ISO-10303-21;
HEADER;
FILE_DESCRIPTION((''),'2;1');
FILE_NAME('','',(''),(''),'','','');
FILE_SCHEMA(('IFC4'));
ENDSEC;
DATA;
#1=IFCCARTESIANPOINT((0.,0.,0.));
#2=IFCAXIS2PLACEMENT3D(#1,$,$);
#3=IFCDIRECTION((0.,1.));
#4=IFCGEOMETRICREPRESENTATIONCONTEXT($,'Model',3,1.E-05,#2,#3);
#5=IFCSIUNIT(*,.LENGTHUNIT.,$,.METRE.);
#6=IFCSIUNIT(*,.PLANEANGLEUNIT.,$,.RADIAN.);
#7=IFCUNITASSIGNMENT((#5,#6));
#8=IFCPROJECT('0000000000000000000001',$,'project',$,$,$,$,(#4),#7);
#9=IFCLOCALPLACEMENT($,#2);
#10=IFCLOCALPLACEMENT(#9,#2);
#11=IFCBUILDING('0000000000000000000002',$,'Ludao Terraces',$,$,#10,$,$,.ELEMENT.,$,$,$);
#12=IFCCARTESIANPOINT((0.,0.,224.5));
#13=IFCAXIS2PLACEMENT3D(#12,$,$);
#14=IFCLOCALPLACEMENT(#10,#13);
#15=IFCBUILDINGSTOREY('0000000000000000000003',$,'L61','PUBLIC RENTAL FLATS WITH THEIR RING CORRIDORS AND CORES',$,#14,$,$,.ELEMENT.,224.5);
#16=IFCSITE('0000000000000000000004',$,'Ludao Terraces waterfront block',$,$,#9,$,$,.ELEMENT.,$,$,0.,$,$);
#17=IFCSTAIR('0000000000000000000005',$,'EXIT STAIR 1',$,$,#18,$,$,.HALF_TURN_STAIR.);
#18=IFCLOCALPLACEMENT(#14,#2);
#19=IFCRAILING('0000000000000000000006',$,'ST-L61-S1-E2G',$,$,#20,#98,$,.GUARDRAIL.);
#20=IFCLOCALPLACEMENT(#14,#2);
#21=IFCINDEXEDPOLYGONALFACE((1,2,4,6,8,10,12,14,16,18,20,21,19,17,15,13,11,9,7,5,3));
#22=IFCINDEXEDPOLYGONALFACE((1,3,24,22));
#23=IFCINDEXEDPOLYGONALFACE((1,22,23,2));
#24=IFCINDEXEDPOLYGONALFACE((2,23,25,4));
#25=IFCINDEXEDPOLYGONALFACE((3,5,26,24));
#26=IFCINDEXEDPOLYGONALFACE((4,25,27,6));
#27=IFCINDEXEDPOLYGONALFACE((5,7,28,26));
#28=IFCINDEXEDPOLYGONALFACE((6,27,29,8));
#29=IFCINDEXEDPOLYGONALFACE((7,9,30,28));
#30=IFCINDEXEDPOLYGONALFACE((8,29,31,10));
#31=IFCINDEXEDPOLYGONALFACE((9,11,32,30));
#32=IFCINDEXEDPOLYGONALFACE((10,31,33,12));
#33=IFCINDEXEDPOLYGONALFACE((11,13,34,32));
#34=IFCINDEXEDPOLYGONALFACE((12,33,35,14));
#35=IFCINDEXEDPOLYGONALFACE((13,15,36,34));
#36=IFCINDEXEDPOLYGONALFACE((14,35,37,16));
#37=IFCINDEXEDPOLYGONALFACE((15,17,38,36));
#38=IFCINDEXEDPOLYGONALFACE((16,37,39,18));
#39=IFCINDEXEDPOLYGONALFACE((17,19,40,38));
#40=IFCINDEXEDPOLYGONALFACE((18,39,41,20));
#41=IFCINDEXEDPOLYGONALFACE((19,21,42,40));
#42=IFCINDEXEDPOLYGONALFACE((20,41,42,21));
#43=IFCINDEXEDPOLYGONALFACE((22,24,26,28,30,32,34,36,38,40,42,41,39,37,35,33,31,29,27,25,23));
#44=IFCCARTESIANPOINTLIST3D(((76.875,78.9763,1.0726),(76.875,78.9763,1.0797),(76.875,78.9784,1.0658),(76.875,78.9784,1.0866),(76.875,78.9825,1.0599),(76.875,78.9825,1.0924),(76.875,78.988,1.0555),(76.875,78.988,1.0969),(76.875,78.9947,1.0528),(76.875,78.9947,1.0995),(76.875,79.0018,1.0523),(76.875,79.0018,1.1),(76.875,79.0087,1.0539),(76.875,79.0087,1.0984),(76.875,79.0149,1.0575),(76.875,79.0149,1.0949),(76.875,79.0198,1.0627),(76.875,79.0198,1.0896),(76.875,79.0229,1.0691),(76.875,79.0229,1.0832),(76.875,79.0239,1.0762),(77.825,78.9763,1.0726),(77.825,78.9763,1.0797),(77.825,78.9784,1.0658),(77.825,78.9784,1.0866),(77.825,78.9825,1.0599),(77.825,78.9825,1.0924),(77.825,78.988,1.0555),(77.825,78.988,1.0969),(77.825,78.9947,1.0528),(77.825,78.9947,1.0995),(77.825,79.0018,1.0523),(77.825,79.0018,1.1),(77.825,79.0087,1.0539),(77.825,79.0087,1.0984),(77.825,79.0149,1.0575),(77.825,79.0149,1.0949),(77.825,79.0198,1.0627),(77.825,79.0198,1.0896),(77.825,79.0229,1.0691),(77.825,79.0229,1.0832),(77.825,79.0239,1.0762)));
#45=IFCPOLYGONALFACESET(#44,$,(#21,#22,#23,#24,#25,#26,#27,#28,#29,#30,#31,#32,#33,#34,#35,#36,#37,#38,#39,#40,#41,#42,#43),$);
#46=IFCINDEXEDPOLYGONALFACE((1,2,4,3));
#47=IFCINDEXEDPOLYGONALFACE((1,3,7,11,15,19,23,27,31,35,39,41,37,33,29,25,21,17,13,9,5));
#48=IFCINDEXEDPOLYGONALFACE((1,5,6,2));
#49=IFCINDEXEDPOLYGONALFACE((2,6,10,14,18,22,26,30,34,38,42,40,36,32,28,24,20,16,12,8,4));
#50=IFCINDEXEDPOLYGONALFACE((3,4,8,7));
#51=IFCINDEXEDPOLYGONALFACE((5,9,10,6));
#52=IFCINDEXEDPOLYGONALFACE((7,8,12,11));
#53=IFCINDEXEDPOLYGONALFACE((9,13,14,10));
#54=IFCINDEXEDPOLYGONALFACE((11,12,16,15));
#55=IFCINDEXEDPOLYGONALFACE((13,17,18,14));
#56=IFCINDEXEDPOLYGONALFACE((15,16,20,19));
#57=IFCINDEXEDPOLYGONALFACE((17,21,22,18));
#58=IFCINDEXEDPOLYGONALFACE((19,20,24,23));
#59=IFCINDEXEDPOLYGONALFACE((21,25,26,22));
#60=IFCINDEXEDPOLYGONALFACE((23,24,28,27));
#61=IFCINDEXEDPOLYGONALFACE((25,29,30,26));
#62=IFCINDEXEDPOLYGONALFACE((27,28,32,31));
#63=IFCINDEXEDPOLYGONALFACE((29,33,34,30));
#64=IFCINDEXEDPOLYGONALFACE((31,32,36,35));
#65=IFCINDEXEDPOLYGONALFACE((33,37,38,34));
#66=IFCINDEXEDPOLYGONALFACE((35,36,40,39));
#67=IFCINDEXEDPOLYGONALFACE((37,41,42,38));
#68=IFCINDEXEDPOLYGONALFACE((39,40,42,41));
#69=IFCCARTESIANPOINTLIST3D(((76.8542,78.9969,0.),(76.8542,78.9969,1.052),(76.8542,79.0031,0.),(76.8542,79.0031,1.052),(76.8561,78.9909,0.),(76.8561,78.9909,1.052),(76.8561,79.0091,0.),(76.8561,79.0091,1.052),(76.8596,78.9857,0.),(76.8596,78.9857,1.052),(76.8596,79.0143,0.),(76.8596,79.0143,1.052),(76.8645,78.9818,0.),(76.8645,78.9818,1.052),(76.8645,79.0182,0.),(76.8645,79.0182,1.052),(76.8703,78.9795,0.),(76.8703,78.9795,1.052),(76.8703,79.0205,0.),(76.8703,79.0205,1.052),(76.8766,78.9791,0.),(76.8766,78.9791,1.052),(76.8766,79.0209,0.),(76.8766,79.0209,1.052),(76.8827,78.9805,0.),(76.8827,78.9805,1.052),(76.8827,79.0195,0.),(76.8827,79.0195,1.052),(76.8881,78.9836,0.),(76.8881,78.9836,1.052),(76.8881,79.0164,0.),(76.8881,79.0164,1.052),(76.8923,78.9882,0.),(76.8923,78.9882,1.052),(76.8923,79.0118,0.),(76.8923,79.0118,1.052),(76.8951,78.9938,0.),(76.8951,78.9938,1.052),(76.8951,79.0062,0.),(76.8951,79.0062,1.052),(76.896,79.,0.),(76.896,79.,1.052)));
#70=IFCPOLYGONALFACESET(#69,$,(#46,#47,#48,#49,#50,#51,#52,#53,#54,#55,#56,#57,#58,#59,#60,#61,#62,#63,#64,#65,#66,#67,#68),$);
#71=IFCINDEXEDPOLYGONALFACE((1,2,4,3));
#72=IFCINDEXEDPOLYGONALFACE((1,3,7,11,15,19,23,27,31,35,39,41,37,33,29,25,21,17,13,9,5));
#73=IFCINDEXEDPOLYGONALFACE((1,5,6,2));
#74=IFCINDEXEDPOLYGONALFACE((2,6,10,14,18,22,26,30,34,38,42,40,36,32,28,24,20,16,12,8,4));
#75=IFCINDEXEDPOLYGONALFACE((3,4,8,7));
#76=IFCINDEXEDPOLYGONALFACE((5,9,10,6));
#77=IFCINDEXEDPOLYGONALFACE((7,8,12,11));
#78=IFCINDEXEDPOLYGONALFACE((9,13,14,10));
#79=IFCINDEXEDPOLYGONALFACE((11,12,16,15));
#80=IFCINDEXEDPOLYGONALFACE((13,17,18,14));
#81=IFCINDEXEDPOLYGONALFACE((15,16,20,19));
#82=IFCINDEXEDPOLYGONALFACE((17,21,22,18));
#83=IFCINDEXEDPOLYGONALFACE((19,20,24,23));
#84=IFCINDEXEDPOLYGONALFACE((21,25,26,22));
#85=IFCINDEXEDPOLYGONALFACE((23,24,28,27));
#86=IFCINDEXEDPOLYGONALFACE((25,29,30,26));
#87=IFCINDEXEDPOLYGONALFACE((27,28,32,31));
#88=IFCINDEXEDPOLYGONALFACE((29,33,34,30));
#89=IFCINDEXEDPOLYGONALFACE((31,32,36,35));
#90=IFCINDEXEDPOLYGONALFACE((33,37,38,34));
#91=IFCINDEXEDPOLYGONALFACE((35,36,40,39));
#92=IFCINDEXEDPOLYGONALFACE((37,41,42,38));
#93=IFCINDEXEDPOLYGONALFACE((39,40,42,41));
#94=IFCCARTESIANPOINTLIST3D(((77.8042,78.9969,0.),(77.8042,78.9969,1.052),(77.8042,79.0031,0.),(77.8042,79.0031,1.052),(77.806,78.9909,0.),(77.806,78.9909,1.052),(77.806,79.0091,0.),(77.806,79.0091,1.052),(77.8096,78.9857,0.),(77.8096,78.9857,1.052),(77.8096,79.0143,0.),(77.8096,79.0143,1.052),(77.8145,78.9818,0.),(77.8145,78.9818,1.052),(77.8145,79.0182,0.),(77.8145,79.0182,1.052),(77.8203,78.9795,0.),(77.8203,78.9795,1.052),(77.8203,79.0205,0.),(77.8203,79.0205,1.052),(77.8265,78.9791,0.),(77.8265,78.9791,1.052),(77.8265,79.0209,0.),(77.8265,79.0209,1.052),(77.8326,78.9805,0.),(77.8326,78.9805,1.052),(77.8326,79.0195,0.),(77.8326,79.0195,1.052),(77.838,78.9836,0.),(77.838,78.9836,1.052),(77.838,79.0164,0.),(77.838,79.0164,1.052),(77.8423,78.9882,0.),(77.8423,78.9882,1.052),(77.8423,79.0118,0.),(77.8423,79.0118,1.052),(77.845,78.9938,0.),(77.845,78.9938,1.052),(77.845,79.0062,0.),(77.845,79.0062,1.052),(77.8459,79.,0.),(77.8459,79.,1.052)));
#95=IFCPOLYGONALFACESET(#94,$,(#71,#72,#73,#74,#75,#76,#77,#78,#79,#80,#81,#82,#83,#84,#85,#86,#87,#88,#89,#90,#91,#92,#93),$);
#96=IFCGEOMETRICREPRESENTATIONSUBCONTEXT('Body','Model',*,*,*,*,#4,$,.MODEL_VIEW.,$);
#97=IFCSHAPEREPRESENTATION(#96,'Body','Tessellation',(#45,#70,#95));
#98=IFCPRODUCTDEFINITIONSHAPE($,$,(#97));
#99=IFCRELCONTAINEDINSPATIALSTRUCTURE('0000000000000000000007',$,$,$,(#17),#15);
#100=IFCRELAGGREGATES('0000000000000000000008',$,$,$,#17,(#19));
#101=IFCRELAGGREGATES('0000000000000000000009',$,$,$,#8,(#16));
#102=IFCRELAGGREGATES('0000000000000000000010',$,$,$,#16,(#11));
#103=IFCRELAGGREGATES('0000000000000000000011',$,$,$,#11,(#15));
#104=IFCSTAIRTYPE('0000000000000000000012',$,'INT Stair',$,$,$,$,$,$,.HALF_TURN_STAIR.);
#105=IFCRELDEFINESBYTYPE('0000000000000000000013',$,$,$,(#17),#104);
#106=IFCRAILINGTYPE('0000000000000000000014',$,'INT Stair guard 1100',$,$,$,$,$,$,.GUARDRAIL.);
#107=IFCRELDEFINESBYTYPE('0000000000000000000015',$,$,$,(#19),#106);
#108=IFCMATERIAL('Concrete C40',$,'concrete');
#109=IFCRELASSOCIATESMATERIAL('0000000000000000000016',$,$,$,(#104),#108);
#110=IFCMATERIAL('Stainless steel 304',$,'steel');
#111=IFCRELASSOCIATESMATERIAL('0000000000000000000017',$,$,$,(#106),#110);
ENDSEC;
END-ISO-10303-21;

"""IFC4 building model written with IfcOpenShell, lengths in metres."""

from ifc_helpers import new_model, si_unit, direction, frame, origin, origin_2d, place, context, subcontext, project, spatial, circle, extrude, material, type_object, element, aggregate, save


model = new_model("IFC4")

# Units and contexts
model_context = context("Model", 3, precision=1e-05, world=origin(), true_north=direction((0.0, 1.0)))
body_context = subcontext(model_context, "Body", "Model", "MODEL_VIEW")
ifc_project = project(units=[si_unit("LENGTHUNIT", "METRE"), si_unit("PLANEANGLEUNIT", "RADIAN")], contexts=[model_context])

# Site, building, storey
site_placement = place(None, origin())
site = spatial("IfcSite", under=ifc_project, at=site_placement, Name="Ludao Terraces waterfront block", CompositionType="ELEMENT", RefElevation=0.0)
building_placement = place(site_placement, origin())
building = spatial("IfcBuilding", under=site, at=building_placement, Name="Ludao Terraces", CompositionType="ELEMENT")
storey_placement = place(building_placement, frame((0.0, 0.0, 224.5)))
storey = spatial("IfcBuildingStorey", under=building, at=storey_placement, Name="L61", Description="PUBLIC RENTAL FLATS WITH THEIR RING CORRIDORS AND CORES", CompositionType="ELEMENT", Elevation=224.5)

# Shared definitions
ifc_material_1 = material(Name="Concrete C40", Category="concrete")

# Stair, railing
stair_type = type_object("IfcStairType", Name="INT Stair", PredefinedType="HALF_TURN_STAIR", material=ifc_material_1)
stair_placement = place(storey_placement, origin())
stair = element("IfcStair", 1, at=stair_placement, inside=storey, type_object=stair_type, Name="EXIT STAIR 1", PredefinedType="HALF_TURN_STAIR")
ifc_material_2 = material(Name="Stainless steel 304", Category="steel")
railing_type_1 = type_object("IfcRailingType", Name="INT Stair guard 1100", PredefinedType="GUARDRAIL", material=ifc_material_2)
railing_1_placement = place(storey_placement, frame((76.875, 79.0, 0.0)))
railing_1 = element("IfcRailing", 2, at=railing_1_placement, type_object=railing_type_1, Name="ST-L61-S1-E2G", PredefinedType="GUARDRAIL", context=body_context, shape_type="SweptSolid", body=[
    extrude(circle(Radius=0.0239, at=origin_2d()), frame((0.0, 0.0, 1.0762), z_axis=(1.0, 0.0, 0.0), x_axis=(0.0, 1.0, 0.0)), (0.0, 0.0, 1.0), 0.95),
    extrude(circle(Radius=0.021, at=origin_2d()), origin(), (0.0, 0.0, 1.0), 1.052),
    extrude(circle(Radius=0.021, at=origin_2d()), frame((0.95, 0.0, 0.0)), (0.0, 0.0, 1.0), 1.052),
])
aggregate(stair, [railing_1])

save(model, "model.ifc")
